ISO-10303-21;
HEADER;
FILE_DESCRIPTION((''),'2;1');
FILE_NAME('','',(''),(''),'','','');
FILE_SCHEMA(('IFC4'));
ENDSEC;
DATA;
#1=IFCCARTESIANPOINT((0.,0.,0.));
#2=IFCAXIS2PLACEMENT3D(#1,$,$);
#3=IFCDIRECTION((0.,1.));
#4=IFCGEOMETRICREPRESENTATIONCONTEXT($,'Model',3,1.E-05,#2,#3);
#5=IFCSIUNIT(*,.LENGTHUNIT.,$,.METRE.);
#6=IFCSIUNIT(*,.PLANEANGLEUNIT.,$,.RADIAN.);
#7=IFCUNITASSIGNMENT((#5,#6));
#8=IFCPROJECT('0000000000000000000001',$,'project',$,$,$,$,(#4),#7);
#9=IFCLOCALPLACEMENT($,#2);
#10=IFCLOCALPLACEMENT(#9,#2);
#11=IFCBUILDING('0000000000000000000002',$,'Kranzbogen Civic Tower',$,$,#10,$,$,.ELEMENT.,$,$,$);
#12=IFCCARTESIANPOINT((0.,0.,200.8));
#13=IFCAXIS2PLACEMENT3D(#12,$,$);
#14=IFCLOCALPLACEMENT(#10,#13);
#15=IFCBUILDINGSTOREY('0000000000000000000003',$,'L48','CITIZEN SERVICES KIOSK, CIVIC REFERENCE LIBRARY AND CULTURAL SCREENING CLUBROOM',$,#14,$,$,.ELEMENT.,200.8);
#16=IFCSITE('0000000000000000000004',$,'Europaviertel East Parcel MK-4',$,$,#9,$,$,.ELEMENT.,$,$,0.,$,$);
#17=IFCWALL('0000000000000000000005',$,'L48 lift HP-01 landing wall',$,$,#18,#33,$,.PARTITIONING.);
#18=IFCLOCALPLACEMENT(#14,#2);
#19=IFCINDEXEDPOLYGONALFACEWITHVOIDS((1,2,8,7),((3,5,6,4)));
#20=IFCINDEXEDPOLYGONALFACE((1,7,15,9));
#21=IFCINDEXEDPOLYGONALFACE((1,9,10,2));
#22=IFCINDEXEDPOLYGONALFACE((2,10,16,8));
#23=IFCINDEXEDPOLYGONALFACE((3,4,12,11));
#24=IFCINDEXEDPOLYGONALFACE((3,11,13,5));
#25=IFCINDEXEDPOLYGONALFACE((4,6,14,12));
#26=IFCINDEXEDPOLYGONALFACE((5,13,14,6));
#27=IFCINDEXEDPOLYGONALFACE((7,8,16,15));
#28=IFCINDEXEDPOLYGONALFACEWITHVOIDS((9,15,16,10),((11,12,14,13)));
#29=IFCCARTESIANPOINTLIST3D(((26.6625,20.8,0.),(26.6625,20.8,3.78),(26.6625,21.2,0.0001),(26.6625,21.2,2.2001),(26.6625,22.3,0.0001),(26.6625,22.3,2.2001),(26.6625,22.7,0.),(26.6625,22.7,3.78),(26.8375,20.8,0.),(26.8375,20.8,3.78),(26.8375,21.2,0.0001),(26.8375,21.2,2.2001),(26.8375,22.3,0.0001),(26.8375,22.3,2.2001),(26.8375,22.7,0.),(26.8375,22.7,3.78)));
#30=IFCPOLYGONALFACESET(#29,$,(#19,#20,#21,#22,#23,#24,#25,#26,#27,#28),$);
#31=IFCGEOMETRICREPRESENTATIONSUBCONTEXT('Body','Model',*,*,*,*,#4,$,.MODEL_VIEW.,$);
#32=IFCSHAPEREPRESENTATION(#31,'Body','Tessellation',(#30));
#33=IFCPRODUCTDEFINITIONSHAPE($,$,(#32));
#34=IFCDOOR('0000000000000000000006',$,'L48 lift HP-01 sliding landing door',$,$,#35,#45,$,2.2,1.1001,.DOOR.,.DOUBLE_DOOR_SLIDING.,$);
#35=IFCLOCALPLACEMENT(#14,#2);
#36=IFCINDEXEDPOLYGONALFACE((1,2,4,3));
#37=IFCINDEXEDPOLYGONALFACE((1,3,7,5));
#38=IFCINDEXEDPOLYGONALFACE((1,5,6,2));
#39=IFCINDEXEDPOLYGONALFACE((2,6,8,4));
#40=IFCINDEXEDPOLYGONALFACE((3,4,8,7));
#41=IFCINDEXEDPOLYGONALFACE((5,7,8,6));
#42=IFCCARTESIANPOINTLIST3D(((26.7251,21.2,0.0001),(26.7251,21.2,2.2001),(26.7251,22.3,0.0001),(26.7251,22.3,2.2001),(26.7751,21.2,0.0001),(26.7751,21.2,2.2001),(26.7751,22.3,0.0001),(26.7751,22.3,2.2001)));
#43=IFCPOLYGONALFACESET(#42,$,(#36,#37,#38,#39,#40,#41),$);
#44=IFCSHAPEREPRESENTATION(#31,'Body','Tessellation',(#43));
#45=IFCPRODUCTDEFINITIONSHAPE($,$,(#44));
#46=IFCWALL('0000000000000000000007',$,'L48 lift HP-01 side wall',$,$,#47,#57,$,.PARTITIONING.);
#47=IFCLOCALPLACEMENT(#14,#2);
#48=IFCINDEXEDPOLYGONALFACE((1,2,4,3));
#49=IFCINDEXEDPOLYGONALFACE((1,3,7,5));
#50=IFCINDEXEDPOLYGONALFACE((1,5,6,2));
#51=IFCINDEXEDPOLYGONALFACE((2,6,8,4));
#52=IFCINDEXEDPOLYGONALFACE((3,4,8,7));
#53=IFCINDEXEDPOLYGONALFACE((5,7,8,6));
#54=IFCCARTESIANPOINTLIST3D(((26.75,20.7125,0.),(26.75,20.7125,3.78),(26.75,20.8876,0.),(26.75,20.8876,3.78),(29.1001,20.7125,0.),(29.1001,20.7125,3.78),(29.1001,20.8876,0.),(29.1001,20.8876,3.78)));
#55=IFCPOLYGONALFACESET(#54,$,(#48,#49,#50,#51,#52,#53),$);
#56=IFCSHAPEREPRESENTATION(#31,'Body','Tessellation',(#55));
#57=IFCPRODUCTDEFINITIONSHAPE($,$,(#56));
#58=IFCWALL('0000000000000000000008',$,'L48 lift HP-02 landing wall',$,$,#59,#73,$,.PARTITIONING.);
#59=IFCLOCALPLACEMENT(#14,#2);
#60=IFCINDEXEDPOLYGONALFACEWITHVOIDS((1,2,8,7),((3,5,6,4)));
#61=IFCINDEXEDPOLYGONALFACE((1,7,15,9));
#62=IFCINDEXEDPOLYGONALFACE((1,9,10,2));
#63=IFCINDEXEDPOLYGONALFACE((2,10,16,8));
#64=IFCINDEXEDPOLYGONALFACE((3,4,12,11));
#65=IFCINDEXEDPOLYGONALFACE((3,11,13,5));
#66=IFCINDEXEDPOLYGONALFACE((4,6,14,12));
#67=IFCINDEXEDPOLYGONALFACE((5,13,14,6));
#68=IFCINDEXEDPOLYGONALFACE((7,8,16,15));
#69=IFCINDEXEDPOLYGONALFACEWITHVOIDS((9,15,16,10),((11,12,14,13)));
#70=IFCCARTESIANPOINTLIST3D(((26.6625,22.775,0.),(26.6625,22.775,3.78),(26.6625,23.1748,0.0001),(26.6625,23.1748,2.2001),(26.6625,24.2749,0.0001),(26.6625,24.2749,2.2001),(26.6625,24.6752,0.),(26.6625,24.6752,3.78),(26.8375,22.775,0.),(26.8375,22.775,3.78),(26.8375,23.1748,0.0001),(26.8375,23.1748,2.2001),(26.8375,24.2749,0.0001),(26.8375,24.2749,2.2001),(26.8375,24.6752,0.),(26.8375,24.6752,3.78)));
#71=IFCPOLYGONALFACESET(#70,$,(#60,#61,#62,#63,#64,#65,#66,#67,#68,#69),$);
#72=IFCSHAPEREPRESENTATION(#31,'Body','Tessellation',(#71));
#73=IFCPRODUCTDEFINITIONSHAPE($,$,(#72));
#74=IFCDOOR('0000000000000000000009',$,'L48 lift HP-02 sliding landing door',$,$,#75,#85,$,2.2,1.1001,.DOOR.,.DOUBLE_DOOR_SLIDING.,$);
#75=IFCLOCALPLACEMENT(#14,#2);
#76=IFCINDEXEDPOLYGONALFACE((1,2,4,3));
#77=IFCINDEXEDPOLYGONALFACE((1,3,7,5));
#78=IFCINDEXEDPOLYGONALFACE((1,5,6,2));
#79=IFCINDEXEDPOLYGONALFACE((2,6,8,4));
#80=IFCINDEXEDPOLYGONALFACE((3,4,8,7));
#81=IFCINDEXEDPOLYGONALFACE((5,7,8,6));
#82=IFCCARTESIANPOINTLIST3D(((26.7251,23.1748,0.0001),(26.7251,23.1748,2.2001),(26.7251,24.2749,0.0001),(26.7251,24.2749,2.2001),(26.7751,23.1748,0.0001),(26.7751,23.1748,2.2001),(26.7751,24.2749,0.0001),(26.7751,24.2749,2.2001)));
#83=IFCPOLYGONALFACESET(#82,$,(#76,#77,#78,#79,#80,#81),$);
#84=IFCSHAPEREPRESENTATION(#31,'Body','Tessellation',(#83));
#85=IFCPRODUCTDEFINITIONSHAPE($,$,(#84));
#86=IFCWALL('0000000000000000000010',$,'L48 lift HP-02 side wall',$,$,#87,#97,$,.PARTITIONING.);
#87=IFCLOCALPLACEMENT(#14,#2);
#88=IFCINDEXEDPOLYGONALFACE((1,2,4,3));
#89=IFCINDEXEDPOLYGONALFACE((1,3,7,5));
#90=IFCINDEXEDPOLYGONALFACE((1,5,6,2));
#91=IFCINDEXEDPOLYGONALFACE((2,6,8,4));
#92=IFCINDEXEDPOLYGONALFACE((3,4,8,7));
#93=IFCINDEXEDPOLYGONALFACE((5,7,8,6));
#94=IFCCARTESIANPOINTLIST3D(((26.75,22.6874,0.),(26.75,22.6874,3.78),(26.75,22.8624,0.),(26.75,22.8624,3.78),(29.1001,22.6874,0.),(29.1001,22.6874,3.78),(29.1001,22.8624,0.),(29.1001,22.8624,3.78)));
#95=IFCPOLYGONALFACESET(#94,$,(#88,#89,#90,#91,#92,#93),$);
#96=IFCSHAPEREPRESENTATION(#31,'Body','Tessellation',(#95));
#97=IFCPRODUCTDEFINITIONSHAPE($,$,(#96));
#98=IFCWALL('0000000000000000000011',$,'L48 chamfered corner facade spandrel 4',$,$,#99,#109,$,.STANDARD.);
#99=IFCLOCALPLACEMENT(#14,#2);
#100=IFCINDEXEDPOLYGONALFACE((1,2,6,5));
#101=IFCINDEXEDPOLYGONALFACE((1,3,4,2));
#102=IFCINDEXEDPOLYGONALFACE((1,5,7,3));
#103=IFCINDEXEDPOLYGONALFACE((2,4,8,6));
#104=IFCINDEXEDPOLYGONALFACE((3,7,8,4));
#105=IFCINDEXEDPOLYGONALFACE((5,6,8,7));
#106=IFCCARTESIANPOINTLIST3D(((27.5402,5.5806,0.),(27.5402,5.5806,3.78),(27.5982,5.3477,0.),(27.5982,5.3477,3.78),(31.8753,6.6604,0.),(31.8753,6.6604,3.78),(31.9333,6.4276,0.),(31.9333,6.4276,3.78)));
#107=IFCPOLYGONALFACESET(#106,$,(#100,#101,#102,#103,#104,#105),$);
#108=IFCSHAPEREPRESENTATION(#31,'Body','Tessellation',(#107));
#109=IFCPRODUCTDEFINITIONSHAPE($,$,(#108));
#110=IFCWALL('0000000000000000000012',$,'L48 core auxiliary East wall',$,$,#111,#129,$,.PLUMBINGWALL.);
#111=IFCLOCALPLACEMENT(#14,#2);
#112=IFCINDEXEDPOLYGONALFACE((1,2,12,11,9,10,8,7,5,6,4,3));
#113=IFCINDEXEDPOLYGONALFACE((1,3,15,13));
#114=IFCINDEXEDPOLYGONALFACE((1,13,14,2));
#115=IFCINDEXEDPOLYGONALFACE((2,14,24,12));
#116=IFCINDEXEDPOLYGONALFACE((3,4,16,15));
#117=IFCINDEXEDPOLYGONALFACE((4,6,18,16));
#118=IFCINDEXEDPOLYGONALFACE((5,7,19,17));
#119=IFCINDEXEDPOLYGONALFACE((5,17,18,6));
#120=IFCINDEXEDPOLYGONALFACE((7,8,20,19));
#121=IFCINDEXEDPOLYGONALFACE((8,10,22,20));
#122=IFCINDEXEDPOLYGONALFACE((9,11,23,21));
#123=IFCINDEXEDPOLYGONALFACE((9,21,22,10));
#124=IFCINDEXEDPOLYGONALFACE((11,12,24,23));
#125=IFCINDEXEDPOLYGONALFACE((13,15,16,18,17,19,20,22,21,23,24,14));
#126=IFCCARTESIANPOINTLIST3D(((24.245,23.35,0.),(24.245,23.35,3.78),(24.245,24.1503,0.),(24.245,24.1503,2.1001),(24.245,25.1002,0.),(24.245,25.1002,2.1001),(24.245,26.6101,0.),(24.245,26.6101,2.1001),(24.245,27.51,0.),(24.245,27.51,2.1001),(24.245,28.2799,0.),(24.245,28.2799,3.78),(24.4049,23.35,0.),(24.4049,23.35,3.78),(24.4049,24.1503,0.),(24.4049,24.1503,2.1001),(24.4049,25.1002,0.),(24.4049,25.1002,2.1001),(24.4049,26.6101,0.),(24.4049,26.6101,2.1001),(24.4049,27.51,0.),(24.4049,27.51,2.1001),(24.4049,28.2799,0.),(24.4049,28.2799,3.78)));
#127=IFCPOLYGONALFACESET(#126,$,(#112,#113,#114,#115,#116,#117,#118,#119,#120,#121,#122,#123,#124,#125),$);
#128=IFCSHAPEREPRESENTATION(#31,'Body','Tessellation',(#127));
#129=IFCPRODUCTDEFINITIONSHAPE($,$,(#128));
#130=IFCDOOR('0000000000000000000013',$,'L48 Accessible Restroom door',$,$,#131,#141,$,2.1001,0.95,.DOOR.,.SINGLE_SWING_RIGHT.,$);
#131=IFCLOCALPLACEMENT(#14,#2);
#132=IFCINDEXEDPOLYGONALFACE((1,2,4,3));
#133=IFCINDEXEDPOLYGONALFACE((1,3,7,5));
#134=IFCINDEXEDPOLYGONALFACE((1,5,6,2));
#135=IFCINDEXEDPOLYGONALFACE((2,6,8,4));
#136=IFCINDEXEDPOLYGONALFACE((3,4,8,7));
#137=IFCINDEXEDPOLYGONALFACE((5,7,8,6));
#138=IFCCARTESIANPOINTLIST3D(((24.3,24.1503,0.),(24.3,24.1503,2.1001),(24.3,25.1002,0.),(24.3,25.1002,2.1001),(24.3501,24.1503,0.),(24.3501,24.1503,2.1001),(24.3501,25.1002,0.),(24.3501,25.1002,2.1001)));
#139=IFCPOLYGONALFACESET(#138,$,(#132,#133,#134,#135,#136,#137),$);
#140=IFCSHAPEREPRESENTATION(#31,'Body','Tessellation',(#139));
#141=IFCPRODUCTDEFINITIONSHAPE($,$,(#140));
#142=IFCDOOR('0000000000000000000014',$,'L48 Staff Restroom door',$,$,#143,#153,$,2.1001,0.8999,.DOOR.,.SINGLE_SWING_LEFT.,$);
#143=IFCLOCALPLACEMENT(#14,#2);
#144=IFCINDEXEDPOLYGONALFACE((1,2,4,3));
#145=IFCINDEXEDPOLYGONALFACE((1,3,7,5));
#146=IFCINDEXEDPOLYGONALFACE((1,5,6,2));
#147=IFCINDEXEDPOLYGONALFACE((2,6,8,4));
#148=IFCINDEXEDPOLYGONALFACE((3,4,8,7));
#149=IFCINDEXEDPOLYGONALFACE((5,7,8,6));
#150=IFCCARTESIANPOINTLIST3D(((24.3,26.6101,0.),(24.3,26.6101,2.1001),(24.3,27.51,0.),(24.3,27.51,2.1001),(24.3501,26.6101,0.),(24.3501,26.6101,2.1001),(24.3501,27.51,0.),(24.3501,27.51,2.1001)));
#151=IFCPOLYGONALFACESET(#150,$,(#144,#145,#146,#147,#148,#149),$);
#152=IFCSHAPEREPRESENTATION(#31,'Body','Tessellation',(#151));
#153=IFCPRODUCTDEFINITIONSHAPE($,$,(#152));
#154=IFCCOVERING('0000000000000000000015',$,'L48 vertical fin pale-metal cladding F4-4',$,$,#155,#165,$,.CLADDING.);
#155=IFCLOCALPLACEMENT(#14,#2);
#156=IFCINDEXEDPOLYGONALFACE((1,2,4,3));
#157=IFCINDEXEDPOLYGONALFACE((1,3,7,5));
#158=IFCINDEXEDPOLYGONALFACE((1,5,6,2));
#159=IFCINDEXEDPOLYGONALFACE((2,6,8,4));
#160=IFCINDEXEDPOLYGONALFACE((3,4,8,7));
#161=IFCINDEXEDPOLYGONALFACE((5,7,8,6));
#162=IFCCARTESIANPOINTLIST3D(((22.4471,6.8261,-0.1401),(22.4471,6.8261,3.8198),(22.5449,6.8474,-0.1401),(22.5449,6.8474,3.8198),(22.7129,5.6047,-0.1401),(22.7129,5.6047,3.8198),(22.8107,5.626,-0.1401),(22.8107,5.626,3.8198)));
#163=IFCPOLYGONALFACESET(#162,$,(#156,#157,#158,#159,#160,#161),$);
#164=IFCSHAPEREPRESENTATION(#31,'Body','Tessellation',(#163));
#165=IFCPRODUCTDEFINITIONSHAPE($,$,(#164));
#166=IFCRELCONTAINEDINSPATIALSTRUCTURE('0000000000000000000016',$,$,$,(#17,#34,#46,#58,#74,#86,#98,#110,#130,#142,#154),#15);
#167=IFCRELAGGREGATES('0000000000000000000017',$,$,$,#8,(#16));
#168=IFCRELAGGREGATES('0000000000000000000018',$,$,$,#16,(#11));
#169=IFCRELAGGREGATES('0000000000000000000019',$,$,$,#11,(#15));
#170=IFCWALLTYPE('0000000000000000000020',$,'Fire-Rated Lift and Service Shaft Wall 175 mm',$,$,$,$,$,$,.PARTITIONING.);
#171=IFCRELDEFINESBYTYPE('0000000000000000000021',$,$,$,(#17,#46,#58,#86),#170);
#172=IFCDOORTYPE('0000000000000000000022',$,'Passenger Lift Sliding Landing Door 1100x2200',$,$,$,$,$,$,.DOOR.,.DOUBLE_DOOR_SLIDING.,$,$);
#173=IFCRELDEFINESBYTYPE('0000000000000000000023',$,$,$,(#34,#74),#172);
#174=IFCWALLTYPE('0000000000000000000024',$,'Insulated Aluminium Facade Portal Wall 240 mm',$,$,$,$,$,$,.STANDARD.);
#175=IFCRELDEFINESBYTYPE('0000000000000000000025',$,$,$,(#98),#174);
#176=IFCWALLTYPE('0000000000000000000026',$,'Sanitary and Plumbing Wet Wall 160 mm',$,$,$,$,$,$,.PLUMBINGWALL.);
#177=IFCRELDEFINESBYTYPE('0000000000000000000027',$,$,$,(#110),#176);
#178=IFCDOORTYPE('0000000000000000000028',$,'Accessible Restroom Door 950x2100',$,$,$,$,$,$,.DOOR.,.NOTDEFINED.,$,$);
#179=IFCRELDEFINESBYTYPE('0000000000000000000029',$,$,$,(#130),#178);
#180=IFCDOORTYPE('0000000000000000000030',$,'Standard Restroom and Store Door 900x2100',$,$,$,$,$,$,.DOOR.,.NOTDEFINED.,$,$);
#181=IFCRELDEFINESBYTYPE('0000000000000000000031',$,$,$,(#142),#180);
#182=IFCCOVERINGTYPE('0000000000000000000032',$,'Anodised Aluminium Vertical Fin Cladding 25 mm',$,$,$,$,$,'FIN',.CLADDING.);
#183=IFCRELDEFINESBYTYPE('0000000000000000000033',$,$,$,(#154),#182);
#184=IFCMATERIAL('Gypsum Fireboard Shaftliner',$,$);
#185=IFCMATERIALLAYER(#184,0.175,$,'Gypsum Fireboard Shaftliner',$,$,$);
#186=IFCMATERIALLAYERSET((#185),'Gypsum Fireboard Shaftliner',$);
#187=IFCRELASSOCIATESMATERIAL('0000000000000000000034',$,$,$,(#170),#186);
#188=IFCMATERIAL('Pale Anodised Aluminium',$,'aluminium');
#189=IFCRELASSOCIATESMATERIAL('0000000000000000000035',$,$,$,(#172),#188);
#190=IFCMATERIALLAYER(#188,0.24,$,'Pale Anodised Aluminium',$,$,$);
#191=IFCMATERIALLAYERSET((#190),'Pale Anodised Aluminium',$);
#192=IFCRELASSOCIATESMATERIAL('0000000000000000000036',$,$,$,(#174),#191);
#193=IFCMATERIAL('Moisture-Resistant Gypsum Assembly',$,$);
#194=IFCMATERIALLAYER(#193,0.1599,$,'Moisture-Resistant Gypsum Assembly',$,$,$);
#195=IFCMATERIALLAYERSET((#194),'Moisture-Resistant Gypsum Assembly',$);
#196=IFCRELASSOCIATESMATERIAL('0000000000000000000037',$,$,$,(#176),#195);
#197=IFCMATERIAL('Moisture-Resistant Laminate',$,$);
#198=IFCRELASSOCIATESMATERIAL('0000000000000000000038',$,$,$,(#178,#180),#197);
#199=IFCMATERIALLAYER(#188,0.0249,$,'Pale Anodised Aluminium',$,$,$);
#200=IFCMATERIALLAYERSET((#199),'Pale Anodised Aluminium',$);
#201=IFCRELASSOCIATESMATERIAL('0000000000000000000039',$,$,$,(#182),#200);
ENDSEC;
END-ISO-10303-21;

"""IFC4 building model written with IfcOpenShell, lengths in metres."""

from ifc_helpers import new_model, si_unit, direction, frame, frame_2d, origin, origin_2d, place, context, subcontext, project, spatial, rectangle, extrude, material, layer, layer_set, type_object, element, fill, save


model = new_model("IFC4")

# Units and contexts
model_context = context("Model", 3, precision=1e-05, world=origin(), true_north=direction((0.0, 1.0)))
body_context = subcontext(model_context, "Body", "Model", "MODEL_VIEW")
ifc_project = project(units=[si_unit("LENGTHUNIT", "METRE"), si_unit("PLANEANGLEUNIT", "RADIAN")], contexts=[model_context])

# Site, building, storey
site_placement = place(None, origin())
site = spatial("IfcSite", under=ifc_project, at=site_placement, Name="Europaviertel East Parcel MK-4", CompositionType="ELEMENT", RefElevation=0.0)
building_placement = place(site_placement, origin())
building = spatial("IfcBuilding", under=site, at=building_placement, Name="Kranzbogen Civic Tower", CompositionType="ELEMENT")
storey_placement = place(building_placement, frame((0.0, 0.0, 200.8)))
storey = spatial("IfcBuildingStorey", under=building, at=storey_placement, Name="L48", Description="CITIZEN SERVICES KIOSK, CIVIC REFERENCE LIBRARY AND CULTURAL SCREENING CLUBROOM", CompositionType="ELEMENT", Elevation=200.8)

# Shared definitions
ifc_material_1 = material(Name="Pale Anodised Aluminium", Category="aluminium")

# Shared definitions
ifc_material_2 = material(Name="Gypsum Fireboard Shaftliner")
ifc_layer_1 = layer(ifc_material_2, 0.175, Name="Gypsum Fireboard Shaftliner")
ifc_layer_set_1 = layer_set([ifc_layer_1], Name="Gypsum Fireboard Shaftliner")
wall_type_1 = type_object("IfcWallType", Name="Fire-Rated Lift and Service Shaft Wall 175 mm", PredefinedType="PARTITIONING", material=ifc_layer_set_1)

# Wall, opening, door
wall_1_placement = place(storey_placement, frame((26.75, 20.8, 0.0), z_axis=(0.0, 0.0, 1.0), x_axis=(0.0, 1.0, 0.0)))
wall_1 = element("IfcWall", 1, at=wall_1_placement, inside=storey, type_object=wall_type_1, Name="L48 lift HP-01 landing wall", PredefinedType="PARTITIONING", context=body_context, shape_type="SweptSolid", body=[
    extrude(rectangle(XDim=1.8999, YDim=0.175, at=frame_2d((0.95, 0.0))), origin(), (0.0, 0.0, 1.0), 3.78),
])
opening_1_placement = place(wall_1_placement, frame((0.3999, 0.0, 0.0)))
opening_1 = element("IfcOpeningElement", 2, at=opening_1_placement, cuts=wall_1, PredefinedType="OPENING", context=body_context, shape_type="SweptSolid", body=[
    extrude(rectangle(XDim=1.1001, YDim=2.2, at=frame_2d((0.55, 1.1001))), frame((0.0, 0.0977, 0.0), z_axis=(0.0, -1.0, 0.0), x_axis=(1.0, 0.0, 0.0)), (0.0, 0.0, 1.0), 0.1951),
])
door_type_1 = type_object("IfcDoorType", Name="Passenger Lift Sliding Landing Door 1100x2200", OperationType="DOUBLE_DOOR_SLIDING", PredefinedType="DOOR", material=ifc_material_1)
door_1_placement = place(opening_1_placement, origin())
door_1 = element("IfcDoor", 3, at=door_1_placement, inside=storey, type_object=door_type_1, Name="L48 lift HP-01 sliding landing door", OperationType="DOUBLE_DOOR_SLIDING", OverallHeight=2.2, OverallWidth=1.1001, PredefinedType="DOOR", context=body_context, shape_type="SweptSolid", body=[
    extrude(rectangle(XDim=1.1001, YDim=2.2, at=frame_2d((0.55, 1.1001))), frame((0.0, 0.0249, 0.0), z_axis=(0.0, -1.0, 0.0), x_axis=(1.0, 0.0, 0.0)), (0.0, 0.0, 1.0), 0.05),
])
fill(opening_1, door_1)

# Wall
wall_2_placement = place(storey_placement, frame((26.75, 20.8, 0.0), z_axis=(0.0, 0.0, 1.0), x_axis=(1.0, 0.0, 0.0)))
element("IfcWall", 4, at=wall_2_placement, inside=storey, type_object=wall_type_1, Name="L48 lift HP-01 side wall", PredefinedType="PARTITIONING", context=body_context, shape_type="SweptSolid", body=[
    extrude(rectangle(XDim=2.3501, YDim=0.175, at=frame_2d((1.175, 0.0))), origin(), (0.0, 0.0, 1.0), 3.78),
])

# Wall, opening, door
wall_3_placement = place(storey_placement, frame((26.75, 22.7749, 0.0), z_axis=(0.0, 0.0, 1.0), x_axis=(0.0, 1.0, 0.0)))
wall_3 = element("IfcWall", 5, at=wall_3_placement, inside=storey, type_object=wall_type_1, Name="L48 lift HP-02 landing wall", PredefinedType="PARTITIONING", context=body_context, shape_type="SweptSolid", body=[
    extrude(rectangle(XDim=1.9001, YDim=0.175, at=frame_2d((0.9502, 0.0))), origin(), (0.0, 0.0, 1.0), 3.78),
])
opening_2_placement = place(wall_3_placement, frame((0.3999, 0.0, 0.0)))
opening_2 = element("IfcOpeningElement", 6, at=opening_2_placement, cuts=wall_3, PredefinedType="OPENING", context=body_context, shape_type="SweptSolid", body=[
    extrude(rectangle(XDim=1.1001, YDim=2.2, at=frame_2d((0.55, 1.1001))), frame((0.0, 0.0977, 0.0), z_axis=(0.0, -1.0, 0.0), x_axis=(1.0, 0.0, 0.0)), (0.0, 0.0, 1.0), 0.1951),
])
door_2_placement = place(opening_2_placement, origin())
door_2 = element("IfcDoor", 7, at=door_2_placement, inside=storey, type_object=door_type_1, Name="L48 lift HP-02 sliding landing door", OperationType="DOUBLE_DOOR_SLIDING", OverallHeight=2.2, OverallWidth=1.1001, PredefinedType="DOOR", context=body_context, shape_type="SweptSolid", body=[
    extrude(rectangle(XDim=1.1001, YDim=2.2, at=frame_2d((0.55, 1.1001))), frame((0.0, 0.0249, 0.0), z_axis=(0.0, -1.0, 0.0), x_axis=(1.0, 0.0, 0.0)), (0.0, 0.0, 1.0), 0.05),
])
fill(opening_2, door_2)

# Walls
wall_4_placement = place(storey_placement, frame((26.75, 22.7749, 0.0), z_axis=(0.0, 0.0, 1.0), x_axis=(1.0, 0.0, 0.0)))
element("IfcWall", 8, at=wall_4_placement, inside=storey, type_object=wall_type_1, Name="L48 lift HP-02 side wall", PredefinedType="PARTITIONING", context=body_context, shape_type="SweptSolid", body=[
    extrude(rectangle(XDim=2.3501, YDim=0.175, at=frame_2d((1.175, 0.0))), origin(), (0.0, 0.0, 1.0), 3.78),
])
ifc_layer_2 = layer(ifc_material_1, 0.24, Name="Pale Anodised Aluminium")
ifc_layer_set_2 = layer_set([ifc_layer_2], Name="Pale Anodised Aluminium")
wall_type_2 = type_object("IfcWallType", Name="Insulated Aluminium Facade Portal Wall 240 mm", PredefinedType="STANDARD", material=ifc_layer_set_2)
wall_5_placement = place(storey_placement, frame((27.5691, 5.4641, 0.0), z_axis=(0.0, 0.0, 1.0), x_axis=(0.970348, 0.241713, 0.0)))
element("IfcWall", 9, at=wall_5_placement, inside=storey, type_object=wall_type_2, Name="L48 chamfered corner facade spandrel 4", PredefinedType="STANDARD", context=body_context, shape_type="SweptSolid", body=[
    extrude(rectangle(XDim=4.4675, YDim=0.24, at=frame_2d((2.2339, 0.0))), origin(), (0.0, 0.0, 1.0), 3.78),
])

# Wall, openings, doors
ifc_material_3 = material(Name="Moisture-Resistant Gypsum Assembly")
ifc_layer_3 = layer(ifc_material_3, 0.1599, Name="Moisture-Resistant Gypsum Assembly")
ifc_layer_set_3 = layer_set([ifc_layer_3], Name="Moisture-Resistant Gypsum Assembly")
wall_type_3 = type_object("IfcWallType", Name="Sanitary and Plumbing Wet Wall 160 mm", PredefinedType="PLUMBINGWALL", material=ifc_layer_set_3)
wall_6_placement = place(storey_placement, frame((24.325, 23.3501, 0.0), z_axis=(0.0, 0.0, 1.0), x_axis=(0.0, 1.0, 0.0)))
wall_6 = element("IfcWall", 10, at=wall_6_placement, inside=storey, type_object=wall_type_3, Name="L48 core auxiliary East wall", PredefinedType="PLUMBINGWALL", context=body_context, shape_type="SweptSolid", body=[
    extrude(rectangle(XDim=4.9299, YDim=0.1599, at=frame_2d((2.4648, 0.0))), origin(), (0.0, 0.0, 1.0), 3.78),
])
opening_3_placement = place(wall_6_placement, frame((0.8, 0.0, 0.0)))
opening_3 = element("IfcOpeningElement", 11, at=opening_3_placement, cuts=wall_6, PredefinedType="OPENING", context=body_context, shape_type="SweptSolid", body=[
    extrude(rectangle(XDim=0.95, YDim=2.1001, at=frame_2d((0.4751, 1.05))), frame((0.0, 0.0898, 0.0), z_axis=(0.0, -1.0, 0.0), x_axis=(1.0, 0.0, 0.0)), (0.0, 0.0, 1.0), 0.1799),
])
opening_4_placement = place(wall_6_placement, frame((3.26, 0.0, 0.0)))
opening_4 = element("IfcOpeningElement", 12, at=opening_4_placement, cuts=wall_6, PredefinedType="OPENING", context=body_context, shape_type="SweptSolid", body=[
    extrude(rectangle(XDim=0.8999, YDim=2.1001, at=frame_2d((0.45, 1.05))), frame((0.0, 0.0898, 0.0), z_axis=(0.0, -1.0, 0.0), x_axis=(1.0, 0.0, 0.0)), (0.0, 0.0, 1.0), 0.1799),
])
ifc_material_4 = material(Name="Moisture-Resistant Laminate")
door_type_2 = type_object("IfcDoorType", Name="Accessible Restroom Door 950x2100", OperationType="NOTDEFINED", PredefinedType="DOOR", material=ifc_material_4)
door_3_placement = place(opening_3_placement, origin())
door_3 = element("IfcDoor", 13, at=door_3_placement, inside=storey, type_object=door_type_2, Name="L48 Accessible Restroom door", OperationType="SINGLE_SWING_RIGHT", OverallHeight=2.1001, OverallWidth=0.95, PredefinedType="DOOR", context=body_context, shape_type="SweptSolid", body=[
    extrude(rectangle(XDim=0.95, YDim=2.1001, at=frame_2d((0.4751, 1.05))), frame((0.0, 0.0249, 0.0), z_axis=(0.0, -1.0, 0.0), x_axis=(1.0, 0.0, 0.0)), (0.0, 0.0, 1.0), 0.05),
])
fill(opening_3, door_3)
door_type_3 = type_object("IfcDoorType", Name="Standard Restroom and Store Door 900x2100", OperationType="NOTDEFINED", PredefinedType="DOOR", material=ifc_material_4)
door_4_placement = place(opening_4_placement, origin())
door_4 = element("IfcDoor", 14, at=door_4_placement, inside=storey, type_object=door_type_3, Name="L48 Staff Restroom door", OperationType="SINGLE_SWING_LEFT", OverallHeight=2.1001, OverallWidth=0.8999, PredefinedType="DOOR", context=body_context, shape_type="SweptSolid", body=[
    extrude(rectangle(XDim=0.8999, YDim=2.1001, at=frame_2d((0.45, 1.05))), frame((0.0, 0.0249, 0.0), z_axis=(0.0, -1.0, 0.0), x_axis=(1.0, 0.0, 0.0)), (0.0, 0.0, 1.0), 0.05),
])
fill(opening_4, door_4)

# Covering
ifc_layer_4 = layer(ifc_material_1, 0.0249, Name="Pale Anodised Aluminium")
ifc_layer_set_4 = layer_set([ifc_layer_4], Name="Pale Anodised Aluminium")
covering_type = type_object("IfcCoveringType", Name="Anodised Aluminium Vertical Fin Cladding 25 mm", ElementType="FIN", PredefinedType="CLADDING", material=ifc_layer_set_4)
for number, where, z_axis, x_axis, name in (
    (15, (22.6289, 6.2261, -0.1401), (0.0, 0.0, 1.0), (0.212587, -0.977142, 0.0), "L48 vertical fin pale-metal cladding F4-4"),
):
    element("IfcCovering", number, at=place(storey_placement, frame(where, z_axis=z_axis, x_axis=x_axis)), inside=storey, type_object=covering_type, Name=name, PredefinedType="CLADDING", context=body_context, shape_type="SweptSolid", body=[
        extrude(rectangle(XDim=1.25, YDim=0.1001, at=origin_2d()), origin(), (0.0, 0.0, 1.0), 3.96),
    ])

save(model, "model.ifc")
